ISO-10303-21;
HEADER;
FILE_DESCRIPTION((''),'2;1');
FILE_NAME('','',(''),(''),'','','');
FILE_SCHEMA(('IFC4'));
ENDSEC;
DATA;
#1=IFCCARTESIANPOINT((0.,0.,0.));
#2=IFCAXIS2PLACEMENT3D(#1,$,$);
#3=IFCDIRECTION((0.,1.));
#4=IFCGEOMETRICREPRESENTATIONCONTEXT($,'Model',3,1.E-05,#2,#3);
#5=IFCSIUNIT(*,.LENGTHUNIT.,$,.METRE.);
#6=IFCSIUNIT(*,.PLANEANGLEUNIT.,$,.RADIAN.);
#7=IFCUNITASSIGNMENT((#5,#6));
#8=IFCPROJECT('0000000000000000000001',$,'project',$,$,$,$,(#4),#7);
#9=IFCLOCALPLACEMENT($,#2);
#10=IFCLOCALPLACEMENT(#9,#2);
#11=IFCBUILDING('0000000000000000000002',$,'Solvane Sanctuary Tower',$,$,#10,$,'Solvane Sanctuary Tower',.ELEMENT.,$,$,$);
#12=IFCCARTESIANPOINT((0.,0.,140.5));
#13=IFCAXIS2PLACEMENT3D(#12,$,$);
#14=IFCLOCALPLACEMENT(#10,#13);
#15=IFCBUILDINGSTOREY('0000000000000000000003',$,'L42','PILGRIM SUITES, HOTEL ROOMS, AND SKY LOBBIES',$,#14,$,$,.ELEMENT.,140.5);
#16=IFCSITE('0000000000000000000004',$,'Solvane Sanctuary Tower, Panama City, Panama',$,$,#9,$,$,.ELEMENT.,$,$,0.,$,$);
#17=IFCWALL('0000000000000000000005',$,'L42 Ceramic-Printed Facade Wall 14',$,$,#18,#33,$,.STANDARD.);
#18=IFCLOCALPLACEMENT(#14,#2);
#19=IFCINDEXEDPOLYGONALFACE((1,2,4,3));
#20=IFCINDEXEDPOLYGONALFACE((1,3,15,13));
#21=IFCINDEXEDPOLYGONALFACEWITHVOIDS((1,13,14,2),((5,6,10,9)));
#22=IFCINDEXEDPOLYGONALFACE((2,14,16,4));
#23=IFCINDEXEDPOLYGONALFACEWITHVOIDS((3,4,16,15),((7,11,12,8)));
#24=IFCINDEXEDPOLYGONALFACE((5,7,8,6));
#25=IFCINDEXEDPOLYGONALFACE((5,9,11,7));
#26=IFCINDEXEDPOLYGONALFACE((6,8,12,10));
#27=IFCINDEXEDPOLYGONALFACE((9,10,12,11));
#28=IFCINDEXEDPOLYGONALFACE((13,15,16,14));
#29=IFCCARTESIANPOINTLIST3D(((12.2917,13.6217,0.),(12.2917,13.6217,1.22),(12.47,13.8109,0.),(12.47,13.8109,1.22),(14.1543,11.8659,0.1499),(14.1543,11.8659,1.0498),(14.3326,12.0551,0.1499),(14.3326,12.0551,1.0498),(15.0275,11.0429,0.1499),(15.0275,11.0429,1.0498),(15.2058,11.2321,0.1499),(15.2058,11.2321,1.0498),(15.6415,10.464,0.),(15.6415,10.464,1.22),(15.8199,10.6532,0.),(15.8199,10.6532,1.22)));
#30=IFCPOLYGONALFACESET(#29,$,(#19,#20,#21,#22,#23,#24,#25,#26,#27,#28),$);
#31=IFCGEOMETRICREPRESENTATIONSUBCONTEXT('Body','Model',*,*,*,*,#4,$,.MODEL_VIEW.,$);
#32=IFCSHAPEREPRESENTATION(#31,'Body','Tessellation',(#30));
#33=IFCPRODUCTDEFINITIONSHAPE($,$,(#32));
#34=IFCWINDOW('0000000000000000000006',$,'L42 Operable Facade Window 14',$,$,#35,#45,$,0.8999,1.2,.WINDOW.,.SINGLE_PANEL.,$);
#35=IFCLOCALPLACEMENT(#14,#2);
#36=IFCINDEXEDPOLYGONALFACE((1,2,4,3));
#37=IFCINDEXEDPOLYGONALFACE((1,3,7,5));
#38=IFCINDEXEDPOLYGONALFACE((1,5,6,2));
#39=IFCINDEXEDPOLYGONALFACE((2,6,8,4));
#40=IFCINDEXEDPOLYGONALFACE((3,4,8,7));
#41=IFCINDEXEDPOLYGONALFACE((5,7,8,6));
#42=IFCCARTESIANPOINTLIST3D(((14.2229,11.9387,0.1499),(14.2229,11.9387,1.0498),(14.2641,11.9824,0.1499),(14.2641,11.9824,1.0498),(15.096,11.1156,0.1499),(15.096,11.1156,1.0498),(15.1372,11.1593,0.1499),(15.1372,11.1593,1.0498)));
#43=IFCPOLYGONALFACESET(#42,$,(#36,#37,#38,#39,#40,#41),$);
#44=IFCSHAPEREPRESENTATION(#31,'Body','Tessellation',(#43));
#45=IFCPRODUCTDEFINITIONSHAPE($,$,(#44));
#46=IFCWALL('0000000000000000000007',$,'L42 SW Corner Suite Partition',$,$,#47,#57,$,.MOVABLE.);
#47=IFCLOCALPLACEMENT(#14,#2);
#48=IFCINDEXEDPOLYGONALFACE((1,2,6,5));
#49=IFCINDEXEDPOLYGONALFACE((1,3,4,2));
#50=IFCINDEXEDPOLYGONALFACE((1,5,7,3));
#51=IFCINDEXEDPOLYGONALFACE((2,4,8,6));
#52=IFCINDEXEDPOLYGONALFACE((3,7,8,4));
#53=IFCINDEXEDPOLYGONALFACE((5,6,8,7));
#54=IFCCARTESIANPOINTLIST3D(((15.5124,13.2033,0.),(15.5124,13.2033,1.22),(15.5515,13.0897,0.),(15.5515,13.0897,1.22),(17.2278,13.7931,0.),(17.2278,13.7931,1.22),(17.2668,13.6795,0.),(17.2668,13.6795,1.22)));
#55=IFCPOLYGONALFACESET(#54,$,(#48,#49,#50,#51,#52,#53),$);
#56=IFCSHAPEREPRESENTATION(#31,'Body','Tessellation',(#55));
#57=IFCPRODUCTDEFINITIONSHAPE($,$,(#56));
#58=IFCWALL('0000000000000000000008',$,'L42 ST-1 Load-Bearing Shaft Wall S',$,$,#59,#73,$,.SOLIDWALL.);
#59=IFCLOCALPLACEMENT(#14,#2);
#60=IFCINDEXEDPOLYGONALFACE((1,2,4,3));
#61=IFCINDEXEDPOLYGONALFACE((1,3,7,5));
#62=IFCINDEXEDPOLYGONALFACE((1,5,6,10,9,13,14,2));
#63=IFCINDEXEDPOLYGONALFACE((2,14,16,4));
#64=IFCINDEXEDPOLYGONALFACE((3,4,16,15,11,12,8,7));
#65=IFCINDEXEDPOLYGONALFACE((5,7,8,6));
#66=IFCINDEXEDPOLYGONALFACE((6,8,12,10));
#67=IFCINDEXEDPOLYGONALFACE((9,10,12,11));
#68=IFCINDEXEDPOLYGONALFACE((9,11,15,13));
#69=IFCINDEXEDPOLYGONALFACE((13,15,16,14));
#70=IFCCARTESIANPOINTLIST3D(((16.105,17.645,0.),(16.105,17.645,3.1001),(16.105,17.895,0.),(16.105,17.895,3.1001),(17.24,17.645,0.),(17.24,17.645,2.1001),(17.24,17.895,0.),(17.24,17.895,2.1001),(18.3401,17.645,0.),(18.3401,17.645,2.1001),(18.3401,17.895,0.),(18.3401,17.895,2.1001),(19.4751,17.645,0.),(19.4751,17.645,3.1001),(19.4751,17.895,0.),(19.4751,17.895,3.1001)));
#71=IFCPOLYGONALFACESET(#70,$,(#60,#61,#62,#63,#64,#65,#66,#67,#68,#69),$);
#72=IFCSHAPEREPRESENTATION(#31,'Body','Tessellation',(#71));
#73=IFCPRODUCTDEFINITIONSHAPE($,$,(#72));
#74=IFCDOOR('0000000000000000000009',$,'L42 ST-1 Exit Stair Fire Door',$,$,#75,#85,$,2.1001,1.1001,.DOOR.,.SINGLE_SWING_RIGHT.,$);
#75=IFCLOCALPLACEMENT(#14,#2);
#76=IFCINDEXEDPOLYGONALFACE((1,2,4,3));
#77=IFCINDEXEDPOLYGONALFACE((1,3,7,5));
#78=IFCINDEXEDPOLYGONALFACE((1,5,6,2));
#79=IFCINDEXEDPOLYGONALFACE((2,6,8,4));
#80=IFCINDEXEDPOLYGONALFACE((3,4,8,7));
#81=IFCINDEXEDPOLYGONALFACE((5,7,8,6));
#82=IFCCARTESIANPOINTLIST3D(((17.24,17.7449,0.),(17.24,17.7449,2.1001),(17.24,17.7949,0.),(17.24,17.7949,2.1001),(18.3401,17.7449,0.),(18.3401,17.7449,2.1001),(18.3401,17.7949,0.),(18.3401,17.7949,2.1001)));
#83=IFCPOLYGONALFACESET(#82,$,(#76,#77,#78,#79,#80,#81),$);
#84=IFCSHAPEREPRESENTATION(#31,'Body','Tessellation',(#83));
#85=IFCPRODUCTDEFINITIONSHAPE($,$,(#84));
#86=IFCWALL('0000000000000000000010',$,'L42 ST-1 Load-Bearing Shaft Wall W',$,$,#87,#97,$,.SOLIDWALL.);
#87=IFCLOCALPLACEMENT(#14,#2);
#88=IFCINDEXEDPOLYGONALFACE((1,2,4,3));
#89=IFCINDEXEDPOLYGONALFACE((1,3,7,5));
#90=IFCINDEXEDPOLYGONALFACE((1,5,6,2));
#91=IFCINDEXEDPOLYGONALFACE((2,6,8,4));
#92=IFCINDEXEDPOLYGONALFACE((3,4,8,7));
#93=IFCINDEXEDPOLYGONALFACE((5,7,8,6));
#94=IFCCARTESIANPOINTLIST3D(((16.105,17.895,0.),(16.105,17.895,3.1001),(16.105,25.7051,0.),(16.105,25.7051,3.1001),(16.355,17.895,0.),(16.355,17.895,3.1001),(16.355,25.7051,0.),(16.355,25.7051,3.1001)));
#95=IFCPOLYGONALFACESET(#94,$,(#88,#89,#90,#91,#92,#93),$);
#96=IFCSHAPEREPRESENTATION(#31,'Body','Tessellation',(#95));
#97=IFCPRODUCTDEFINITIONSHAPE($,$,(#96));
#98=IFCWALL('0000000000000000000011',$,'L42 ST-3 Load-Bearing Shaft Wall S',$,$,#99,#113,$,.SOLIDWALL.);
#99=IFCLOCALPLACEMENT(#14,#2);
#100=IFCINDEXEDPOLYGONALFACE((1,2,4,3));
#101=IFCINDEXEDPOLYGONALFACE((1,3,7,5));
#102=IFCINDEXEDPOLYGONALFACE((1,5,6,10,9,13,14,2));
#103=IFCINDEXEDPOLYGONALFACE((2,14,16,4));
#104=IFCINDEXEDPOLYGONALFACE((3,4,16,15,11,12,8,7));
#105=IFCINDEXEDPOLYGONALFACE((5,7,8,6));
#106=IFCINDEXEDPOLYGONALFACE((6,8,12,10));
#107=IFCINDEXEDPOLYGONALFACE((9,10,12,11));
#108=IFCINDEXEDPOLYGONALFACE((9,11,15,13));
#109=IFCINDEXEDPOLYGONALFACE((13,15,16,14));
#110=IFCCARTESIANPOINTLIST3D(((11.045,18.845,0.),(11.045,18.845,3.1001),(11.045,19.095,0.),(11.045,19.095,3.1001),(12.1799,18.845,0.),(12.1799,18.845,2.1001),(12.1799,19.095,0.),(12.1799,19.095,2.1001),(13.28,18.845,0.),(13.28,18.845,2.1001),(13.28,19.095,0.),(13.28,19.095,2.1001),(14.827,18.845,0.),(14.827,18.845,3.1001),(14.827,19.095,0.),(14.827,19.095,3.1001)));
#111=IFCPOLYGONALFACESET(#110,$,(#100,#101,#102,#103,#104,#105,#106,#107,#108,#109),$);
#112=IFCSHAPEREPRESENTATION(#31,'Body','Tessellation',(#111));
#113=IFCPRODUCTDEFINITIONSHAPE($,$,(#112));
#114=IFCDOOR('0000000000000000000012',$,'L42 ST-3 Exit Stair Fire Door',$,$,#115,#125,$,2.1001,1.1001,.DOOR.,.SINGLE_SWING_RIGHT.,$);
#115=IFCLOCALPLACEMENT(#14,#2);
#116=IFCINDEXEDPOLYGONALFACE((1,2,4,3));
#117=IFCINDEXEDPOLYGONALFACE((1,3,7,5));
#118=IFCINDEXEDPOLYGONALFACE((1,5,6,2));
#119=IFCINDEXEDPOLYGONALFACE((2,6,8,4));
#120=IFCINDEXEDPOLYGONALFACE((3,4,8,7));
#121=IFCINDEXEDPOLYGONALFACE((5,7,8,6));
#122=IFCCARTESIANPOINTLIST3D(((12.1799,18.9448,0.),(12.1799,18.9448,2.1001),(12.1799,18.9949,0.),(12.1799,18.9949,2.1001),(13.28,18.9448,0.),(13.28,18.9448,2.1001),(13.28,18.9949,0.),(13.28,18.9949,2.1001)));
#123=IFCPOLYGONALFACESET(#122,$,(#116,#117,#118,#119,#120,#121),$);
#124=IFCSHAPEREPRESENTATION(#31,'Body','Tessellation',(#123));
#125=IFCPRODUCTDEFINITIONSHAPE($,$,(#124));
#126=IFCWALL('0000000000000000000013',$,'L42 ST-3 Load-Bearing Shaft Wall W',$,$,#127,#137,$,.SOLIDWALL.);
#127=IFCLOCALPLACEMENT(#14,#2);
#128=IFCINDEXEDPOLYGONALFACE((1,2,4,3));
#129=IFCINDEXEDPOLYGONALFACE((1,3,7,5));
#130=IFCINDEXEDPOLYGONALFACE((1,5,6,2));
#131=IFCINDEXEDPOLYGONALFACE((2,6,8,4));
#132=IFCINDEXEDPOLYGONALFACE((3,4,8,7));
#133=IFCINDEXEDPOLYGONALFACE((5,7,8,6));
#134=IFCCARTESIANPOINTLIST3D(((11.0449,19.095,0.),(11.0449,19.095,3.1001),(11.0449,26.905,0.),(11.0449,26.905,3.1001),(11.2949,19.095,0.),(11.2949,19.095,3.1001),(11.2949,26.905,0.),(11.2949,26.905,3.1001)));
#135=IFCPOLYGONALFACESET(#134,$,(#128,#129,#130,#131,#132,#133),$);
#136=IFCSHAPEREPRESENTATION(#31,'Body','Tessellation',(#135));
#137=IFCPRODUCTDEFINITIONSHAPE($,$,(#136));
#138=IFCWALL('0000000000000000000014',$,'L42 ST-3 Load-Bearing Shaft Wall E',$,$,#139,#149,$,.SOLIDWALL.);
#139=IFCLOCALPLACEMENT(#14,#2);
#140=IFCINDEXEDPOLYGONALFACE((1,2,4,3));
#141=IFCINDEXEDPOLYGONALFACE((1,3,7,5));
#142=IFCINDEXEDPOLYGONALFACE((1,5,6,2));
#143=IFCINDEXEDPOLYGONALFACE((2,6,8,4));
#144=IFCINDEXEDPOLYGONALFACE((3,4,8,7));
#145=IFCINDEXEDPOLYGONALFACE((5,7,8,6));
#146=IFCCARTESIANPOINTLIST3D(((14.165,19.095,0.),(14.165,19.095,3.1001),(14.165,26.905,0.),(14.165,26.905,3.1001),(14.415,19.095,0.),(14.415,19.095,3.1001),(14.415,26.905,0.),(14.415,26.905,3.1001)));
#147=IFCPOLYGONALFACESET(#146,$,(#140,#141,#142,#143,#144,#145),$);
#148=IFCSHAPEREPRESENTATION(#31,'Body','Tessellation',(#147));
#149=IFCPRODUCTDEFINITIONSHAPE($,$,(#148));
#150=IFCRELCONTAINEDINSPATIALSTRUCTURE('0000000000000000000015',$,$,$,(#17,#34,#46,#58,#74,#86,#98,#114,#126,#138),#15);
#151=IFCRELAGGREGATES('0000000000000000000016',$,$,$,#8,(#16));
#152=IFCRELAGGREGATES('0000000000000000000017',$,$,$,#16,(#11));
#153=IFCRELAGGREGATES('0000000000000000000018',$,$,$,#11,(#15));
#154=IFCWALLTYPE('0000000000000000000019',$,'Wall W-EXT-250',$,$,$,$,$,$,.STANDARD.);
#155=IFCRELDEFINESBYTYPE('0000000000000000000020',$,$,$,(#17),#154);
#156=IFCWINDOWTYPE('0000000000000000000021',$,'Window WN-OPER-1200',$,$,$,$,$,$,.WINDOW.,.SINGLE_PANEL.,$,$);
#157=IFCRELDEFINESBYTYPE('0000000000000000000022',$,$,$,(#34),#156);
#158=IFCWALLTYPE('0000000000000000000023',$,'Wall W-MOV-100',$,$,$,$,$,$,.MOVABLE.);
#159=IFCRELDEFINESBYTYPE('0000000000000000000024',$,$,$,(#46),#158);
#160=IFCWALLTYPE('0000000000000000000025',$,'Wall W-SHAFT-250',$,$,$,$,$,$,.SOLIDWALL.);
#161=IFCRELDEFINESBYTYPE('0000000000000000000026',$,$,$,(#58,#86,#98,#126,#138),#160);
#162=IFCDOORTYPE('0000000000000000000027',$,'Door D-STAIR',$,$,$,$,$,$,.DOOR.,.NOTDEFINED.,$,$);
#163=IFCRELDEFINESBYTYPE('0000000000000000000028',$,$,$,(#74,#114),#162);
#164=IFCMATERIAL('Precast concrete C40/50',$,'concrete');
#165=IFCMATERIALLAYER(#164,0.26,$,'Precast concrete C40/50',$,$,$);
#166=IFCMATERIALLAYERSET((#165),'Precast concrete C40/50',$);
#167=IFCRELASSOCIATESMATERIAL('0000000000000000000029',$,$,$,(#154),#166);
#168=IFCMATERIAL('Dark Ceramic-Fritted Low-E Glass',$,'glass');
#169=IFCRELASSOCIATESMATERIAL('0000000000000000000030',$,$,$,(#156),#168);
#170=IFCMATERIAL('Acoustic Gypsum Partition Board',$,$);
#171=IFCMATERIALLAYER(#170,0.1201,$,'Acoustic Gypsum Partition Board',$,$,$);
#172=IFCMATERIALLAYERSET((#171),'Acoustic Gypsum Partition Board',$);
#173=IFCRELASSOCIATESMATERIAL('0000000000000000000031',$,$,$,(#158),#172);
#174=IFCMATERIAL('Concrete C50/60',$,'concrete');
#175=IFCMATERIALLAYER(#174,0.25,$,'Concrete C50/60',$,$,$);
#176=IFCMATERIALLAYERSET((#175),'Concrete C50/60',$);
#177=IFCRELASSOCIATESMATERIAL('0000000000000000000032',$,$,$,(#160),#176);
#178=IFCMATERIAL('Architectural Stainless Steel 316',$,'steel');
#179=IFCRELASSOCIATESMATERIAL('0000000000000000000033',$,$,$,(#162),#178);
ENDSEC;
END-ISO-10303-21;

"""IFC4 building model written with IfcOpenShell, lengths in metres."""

from ifc_helpers import new_model, si_unit, direction, frame, frame_2d, origin, place, context, subcontext, project, spatial, rectangle, extrude, material, layer, layer_set, type_object, element, fill, save


model = new_model("IFC4")

# Units and contexts
model_context = context("Model", 3, precision=1e-05, world=origin(), true_north=direction((0.0, 1.0)))
body_context = subcontext(model_context, "Body", "Model", "MODEL_VIEW")
ifc_project = project(units=[si_unit("LENGTHUNIT", "METRE"), si_unit("PLANEANGLEUNIT", "RADIAN")], contexts=[model_context])

# Site, building, storey
site_placement = place(None, origin())
site = spatial("IfcSite", under=ifc_project, at=site_placement, Name="Solvane Sanctuary Tower, Panama City, Panama", CompositionType="ELEMENT", RefElevation=0.0)
building_placement = place(site_placement, origin())
building = spatial("IfcBuilding", under=site, at=building_placement, Name="Solvane Sanctuary Tower", LongName="Solvane Sanctuary Tower", CompositionType="ELEMENT")
storey_placement = place(building_placement, frame((0.0, 0.0, 140.5)))
storey = spatial("IfcBuildingStorey", under=building, at=storey_placement, Name="L42", Description="PILGRIM SUITES, HOTEL ROOMS, AND SKY LOBBIES", CompositionType="ELEMENT", Elevation=140.5)

# Shared definitions
ifc_material_1 = material(Name="Acoustic Gypsum Partition Board")
ifc_material_2 = material(Name="Architectural Stainless Steel 316", Category="steel")

# Wall, opening, window
ifc_material_3 = material(Name="Precast concrete C40/50", Category="concrete")
ifc_layer_1 = layer(ifc_material_3, 0.26, Name="Precast concrete C40/50")
ifc_layer_set_1 = layer_set([ifc_layer_1], Name="Precast concrete C40/50")
wall_type_1 = type_object("IfcWallType", Name="Wall W-EXT-250", PredefinedType="STANDARD", material=ifc_layer_set_1)
ifc_material_4 = material(Name="Dark Ceramic-Fritted Low-E Glass", Category="glass")
window_type = type_object("IfcWindowType", Name="Window WN-OPER-1200", PartitioningType="SINGLE_PANEL", PredefinedType="WINDOW", material=ifc_material_4)
wall_1_placement = place(storey_placement, frame((12.3809, 13.7163, 0.0), z_axis=(0.0, 0.0, 1.0), x_axis=(0.727667, -0.68593, 0.0)))
wall_1 = element("IfcWall", 1, at=wall_1_placement, inside=storey, type_object=wall_type_1, Name="L42 Ceramic-Printed Facade Wall 14", PredefinedType="STANDARD", context=body_context, shape_type="SweptSolid", body=[
    extrude(rectangle(XDim=4.6035, YDim=0.26, at=frame_2d((2.3018, 0.0))), origin(), (0.0, 0.0, 1.0), 1.22),
])
opening_1_placement = place(wall_1_placement, frame((2.5596, 0.0, 0.1499)))
opening_1 = element("IfcOpeningElement", 2, at=opening_1_placement, cuts=wall_1, PredefinedType="OPENING", context=body_context, shape_type="SweptSolid", body=[
    extrude(rectangle(XDim=1.2, YDim=0.8999, at=frame_2d((0.6001, 0.45))), frame((0.0, 0.1399, 0.0), z_axis=(0.0, -1.0, 0.0), x_axis=(1.0, 0.0, 0.0)), (0.0, 0.0, 1.0), 0.28),
])
window_1_placement = place(opening_1_placement, origin())
window_1 = element("IfcWindow", 3, at=window_1_placement, inside=storey, type_object=window_type, Name="L42 Operable Facade Window 14", OverallHeight=0.8999, OverallWidth=1.2, PartitioningType="SINGLE_PANEL", PredefinedType="WINDOW", context=body_context, shape_type="SweptSolid", body=[
    extrude(rectangle(XDim=1.2, YDim=0.8999, at=frame_2d((0.6001, 0.45))), frame((0.0, 0.03, 0.0), z_axis=(0.0, -1.0, 0.0), x_axis=(1.0, 0.0, 0.0)), (0.0, 0.0, 1.0), 0.0601),
])
fill(opening_1, window_1)

# Wall
ifc_layer_2 = layer(ifc_material_1, 0.1201, Name="Acoustic Gypsum Partition Board")
ifc_layer_set_2 = layer_set([ifc_layer_2], Name="Acoustic Gypsum Partition Board")
wall_type_2 = type_object("IfcWallType", Name="Wall W-MOV-100", PredefinedType="MOVABLE", material=ifc_layer_set_2)
wall_2_placement = place(storey_placement, frame((17.2473, 13.7363, 0.0), z_axis=(0.0, 0.0, 1.0), x_axis=(-0.945653, -0.325178, 0.0)))
element("IfcWall", 4, at=wall_2_placement, inside=storey, type_object=wall_type_2, Name="L42 SW Corner Suite Partition", PredefinedType="MOVABLE", context=body_context, shape_type="SweptSolid", body=[
    extrude(rectangle(XDim=1.814, YDim=0.1201, at=frame_2d((0.907, 0.0))), origin(), (0.0, 0.0, 1.0), 1.22),
])

# Wall, opening, door
ifc_material_5 = material(Name="Concrete C50/60", Category="concrete")
ifc_layer_3 = layer(ifc_material_5, 0.25, Name="Concrete C50/60")
ifc_layer_set_3 = layer_set([ifc_layer_3], Name="Concrete C50/60")
wall_type_3 = type_object("IfcWallType", Name="Wall W-SHAFT-250", PredefinedType="SOLIDWALL", material=ifc_layer_set_3)
wall_3_placement = place(storey_placement, frame((16.105, 17.77, 0.0), z_axis=(0.0, 0.0, 1.0), x_axis=(1.0, 0.0, 0.0)))
wall_3 = element("IfcWall", 5, at=wall_3_placement, inside=storey, type_object=wall_type_3, Name="L42 ST-1 Load-Bearing Shaft Wall S", PredefinedType="SOLIDWALL", context=body_context, shape_type="SweptSolid", body=[
    extrude(rectangle(XDim=3.3701, YDim=0.25, at=frame_2d((1.6851, 0.0))), origin(), (0.0, 0.0, 1.0), 3.1001),
])
opening_2_placement = place(wall_3_placement, frame((1.135, 0.0, 0.0)))
opening_2 = element("IfcOpeningElement", 6, at=opening_2_placement, cuts=wall_3, PredefinedType="OPENING", context=body_context, shape_type="SweptSolid", body=[
    extrude(rectangle(XDim=1.1001, YDim=2.1001, at=frame_2d((0.55, 1.05))), frame((0.0, 0.135, 0.0), z_axis=(0.0, -1.0, 0.0), x_axis=(1.0, 0.0, 0.0)), (0.0, 0.0, 1.0), 0.27),
])
door_type_1 = type_object("IfcDoorType", Name="Door D-STAIR", OperationType="NOTDEFINED", PredefinedType="DOOR", material=ifc_material_2)
door_1_placement = place(opening_2_placement, origin())
door_1 = element("IfcDoor", 7, at=door_1_placement, inside=storey, type_object=door_type_1, Name="L42 ST-1 Exit Stair Fire Door", OperationType="SINGLE_SWING_RIGHT", OverallHeight=2.1001, OverallWidth=1.1001, PredefinedType="DOOR", context=body_context, shape_type="SweptSolid", body=[
    extrude(rectangle(XDim=1.1001, YDim=2.1001, at=frame_2d((0.55, 1.05))), frame((0.0, 0.0249, 0.0), z_axis=(0.0, -1.0, 0.0), x_axis=(1.0, 0.0, 0.0)), (0.0, 0.0, 1.0), 0.05),
])
fill(opening_2, door_1)

# Wall
wall_4_placement = place(storey_placement, frame((16.23, 17.895, 0.0), z_axis=(0.0, 0.0, 1.0), x_axis=(0.0, 1.0, 0.0)))
element("IfcWall", 8, at=wall_4_placement, inside=storey, type_object=wall_type_3, Name="L42 ST-1 Load-Bearing Shaft Wall W", PredefinedType="SOLIDWALL", context=body_context, shape_type="SweptSolid", body=[
    extrude(rectangle(XDim=7.8101, YDim=0.25, at=frame_2d((3.905, 0.0))), origin(), (0.0, 0.0, 1.0), 3.1001),
])

# Wall, opening, door
wall_5_placement = place(storey_placement, frame((11.0449, 18.97, 0.0), z_axis=(0.0, 0.0, 1.0), x_axis=(1.0, 0.0, 0.0)))
wall_5 = element("IfcWall", 9, at=wall_5_placement, inside=storey, type_object=wall_type_3, Name="L42 ST-3 Load-Bearing Shaft Wall S", PredefinedType="SOLIDWALL", context=body_context, shape_type="SweptSolid", body=[
    extrude(rectangle(XDim=3.782, YDim=0.25, at=frame_2d((1.8911, 0.0))), origin(), (0.0, 0.0, 1.0), 3.1001),
])
opening_3_placement = place(wall_5_placement, frame((1.135, 0.0, 0.0)))
opening_3 = element("IfcOpeningElement", 10, at=opening_3_placement, cuts=wall_5, PredefinedType="OPENING", context=body_context, shape_type="SweptSolid", body=[
    extrude(rectangle(XDim=1.1001, YDim=2.1001, at=frame_2d((0.55, 1.05))), frame((0.0, 0.135, 0.0), z_axis=(0.0, -1.0, 0.0), x_axis=(1.0, 0.0, 0.0)), (0.0, 0.0, 1.0), 0.27),
])
door_2_placement = place(opening_3_placement, origin())
door_2 = element("IfcDoor", 11, at=door_2_placement, inside=storey, type_object=door_type_1, Name="L42 ST-3 Exit Stair Fire Door", OperationType="SINGLE_SWING_RIGHT", OverallHeight=2.1001, OverallWidth=1.1001, PredefinedType="DOOR", context=body_context, shape_type="SweptSolid", body=[
    extrude(rectangle(XDim=1.1001, YDim=2.1001, at=frame_2d((0.55, 1.05))), frame((0.0, 0.0249, 0.0), z_axis=(0.0, -1.0, 0.0), x_axis=(1.0, 0.0, 0.0)), (0.0, 0.0, 1.0), 0.05),
])
fill(opening_3, door_2)

# Walls
for number, where, z_axis, x_axis, name in (
    (12, (11.1699, 19.095, 0.0), (0.0, 0.0, 1.0), (0.0, 1.0, 0.0), "L42 ST-3 Load-Bearing Shaft Wall W"),
    (13, (14.29, 19.095, 0.0), (0.0, 0.0, 1.0), (0.0, 1.0, 0.0), "L42 ST-3 Load-Bearing Shaft Wall E"),
):
    element("IfcWall", number, at=place(storey_placement, frame(where, z_axis=z_axis, x_axis=x_axis)), inside=storey, type_object=wall_type_3, Name=name, PredefinedType="SOLIDWALL", context=body_context, shape_type="SweptSolid", body=[
        extrude(rectangle(XDim=7.8101, YDim=0.25, at=frame_2d((3.905, 0.0))), origin(), (0.0, 0.0, 1.0), 3.1001),
    ])

save(model, "model.ifc")
